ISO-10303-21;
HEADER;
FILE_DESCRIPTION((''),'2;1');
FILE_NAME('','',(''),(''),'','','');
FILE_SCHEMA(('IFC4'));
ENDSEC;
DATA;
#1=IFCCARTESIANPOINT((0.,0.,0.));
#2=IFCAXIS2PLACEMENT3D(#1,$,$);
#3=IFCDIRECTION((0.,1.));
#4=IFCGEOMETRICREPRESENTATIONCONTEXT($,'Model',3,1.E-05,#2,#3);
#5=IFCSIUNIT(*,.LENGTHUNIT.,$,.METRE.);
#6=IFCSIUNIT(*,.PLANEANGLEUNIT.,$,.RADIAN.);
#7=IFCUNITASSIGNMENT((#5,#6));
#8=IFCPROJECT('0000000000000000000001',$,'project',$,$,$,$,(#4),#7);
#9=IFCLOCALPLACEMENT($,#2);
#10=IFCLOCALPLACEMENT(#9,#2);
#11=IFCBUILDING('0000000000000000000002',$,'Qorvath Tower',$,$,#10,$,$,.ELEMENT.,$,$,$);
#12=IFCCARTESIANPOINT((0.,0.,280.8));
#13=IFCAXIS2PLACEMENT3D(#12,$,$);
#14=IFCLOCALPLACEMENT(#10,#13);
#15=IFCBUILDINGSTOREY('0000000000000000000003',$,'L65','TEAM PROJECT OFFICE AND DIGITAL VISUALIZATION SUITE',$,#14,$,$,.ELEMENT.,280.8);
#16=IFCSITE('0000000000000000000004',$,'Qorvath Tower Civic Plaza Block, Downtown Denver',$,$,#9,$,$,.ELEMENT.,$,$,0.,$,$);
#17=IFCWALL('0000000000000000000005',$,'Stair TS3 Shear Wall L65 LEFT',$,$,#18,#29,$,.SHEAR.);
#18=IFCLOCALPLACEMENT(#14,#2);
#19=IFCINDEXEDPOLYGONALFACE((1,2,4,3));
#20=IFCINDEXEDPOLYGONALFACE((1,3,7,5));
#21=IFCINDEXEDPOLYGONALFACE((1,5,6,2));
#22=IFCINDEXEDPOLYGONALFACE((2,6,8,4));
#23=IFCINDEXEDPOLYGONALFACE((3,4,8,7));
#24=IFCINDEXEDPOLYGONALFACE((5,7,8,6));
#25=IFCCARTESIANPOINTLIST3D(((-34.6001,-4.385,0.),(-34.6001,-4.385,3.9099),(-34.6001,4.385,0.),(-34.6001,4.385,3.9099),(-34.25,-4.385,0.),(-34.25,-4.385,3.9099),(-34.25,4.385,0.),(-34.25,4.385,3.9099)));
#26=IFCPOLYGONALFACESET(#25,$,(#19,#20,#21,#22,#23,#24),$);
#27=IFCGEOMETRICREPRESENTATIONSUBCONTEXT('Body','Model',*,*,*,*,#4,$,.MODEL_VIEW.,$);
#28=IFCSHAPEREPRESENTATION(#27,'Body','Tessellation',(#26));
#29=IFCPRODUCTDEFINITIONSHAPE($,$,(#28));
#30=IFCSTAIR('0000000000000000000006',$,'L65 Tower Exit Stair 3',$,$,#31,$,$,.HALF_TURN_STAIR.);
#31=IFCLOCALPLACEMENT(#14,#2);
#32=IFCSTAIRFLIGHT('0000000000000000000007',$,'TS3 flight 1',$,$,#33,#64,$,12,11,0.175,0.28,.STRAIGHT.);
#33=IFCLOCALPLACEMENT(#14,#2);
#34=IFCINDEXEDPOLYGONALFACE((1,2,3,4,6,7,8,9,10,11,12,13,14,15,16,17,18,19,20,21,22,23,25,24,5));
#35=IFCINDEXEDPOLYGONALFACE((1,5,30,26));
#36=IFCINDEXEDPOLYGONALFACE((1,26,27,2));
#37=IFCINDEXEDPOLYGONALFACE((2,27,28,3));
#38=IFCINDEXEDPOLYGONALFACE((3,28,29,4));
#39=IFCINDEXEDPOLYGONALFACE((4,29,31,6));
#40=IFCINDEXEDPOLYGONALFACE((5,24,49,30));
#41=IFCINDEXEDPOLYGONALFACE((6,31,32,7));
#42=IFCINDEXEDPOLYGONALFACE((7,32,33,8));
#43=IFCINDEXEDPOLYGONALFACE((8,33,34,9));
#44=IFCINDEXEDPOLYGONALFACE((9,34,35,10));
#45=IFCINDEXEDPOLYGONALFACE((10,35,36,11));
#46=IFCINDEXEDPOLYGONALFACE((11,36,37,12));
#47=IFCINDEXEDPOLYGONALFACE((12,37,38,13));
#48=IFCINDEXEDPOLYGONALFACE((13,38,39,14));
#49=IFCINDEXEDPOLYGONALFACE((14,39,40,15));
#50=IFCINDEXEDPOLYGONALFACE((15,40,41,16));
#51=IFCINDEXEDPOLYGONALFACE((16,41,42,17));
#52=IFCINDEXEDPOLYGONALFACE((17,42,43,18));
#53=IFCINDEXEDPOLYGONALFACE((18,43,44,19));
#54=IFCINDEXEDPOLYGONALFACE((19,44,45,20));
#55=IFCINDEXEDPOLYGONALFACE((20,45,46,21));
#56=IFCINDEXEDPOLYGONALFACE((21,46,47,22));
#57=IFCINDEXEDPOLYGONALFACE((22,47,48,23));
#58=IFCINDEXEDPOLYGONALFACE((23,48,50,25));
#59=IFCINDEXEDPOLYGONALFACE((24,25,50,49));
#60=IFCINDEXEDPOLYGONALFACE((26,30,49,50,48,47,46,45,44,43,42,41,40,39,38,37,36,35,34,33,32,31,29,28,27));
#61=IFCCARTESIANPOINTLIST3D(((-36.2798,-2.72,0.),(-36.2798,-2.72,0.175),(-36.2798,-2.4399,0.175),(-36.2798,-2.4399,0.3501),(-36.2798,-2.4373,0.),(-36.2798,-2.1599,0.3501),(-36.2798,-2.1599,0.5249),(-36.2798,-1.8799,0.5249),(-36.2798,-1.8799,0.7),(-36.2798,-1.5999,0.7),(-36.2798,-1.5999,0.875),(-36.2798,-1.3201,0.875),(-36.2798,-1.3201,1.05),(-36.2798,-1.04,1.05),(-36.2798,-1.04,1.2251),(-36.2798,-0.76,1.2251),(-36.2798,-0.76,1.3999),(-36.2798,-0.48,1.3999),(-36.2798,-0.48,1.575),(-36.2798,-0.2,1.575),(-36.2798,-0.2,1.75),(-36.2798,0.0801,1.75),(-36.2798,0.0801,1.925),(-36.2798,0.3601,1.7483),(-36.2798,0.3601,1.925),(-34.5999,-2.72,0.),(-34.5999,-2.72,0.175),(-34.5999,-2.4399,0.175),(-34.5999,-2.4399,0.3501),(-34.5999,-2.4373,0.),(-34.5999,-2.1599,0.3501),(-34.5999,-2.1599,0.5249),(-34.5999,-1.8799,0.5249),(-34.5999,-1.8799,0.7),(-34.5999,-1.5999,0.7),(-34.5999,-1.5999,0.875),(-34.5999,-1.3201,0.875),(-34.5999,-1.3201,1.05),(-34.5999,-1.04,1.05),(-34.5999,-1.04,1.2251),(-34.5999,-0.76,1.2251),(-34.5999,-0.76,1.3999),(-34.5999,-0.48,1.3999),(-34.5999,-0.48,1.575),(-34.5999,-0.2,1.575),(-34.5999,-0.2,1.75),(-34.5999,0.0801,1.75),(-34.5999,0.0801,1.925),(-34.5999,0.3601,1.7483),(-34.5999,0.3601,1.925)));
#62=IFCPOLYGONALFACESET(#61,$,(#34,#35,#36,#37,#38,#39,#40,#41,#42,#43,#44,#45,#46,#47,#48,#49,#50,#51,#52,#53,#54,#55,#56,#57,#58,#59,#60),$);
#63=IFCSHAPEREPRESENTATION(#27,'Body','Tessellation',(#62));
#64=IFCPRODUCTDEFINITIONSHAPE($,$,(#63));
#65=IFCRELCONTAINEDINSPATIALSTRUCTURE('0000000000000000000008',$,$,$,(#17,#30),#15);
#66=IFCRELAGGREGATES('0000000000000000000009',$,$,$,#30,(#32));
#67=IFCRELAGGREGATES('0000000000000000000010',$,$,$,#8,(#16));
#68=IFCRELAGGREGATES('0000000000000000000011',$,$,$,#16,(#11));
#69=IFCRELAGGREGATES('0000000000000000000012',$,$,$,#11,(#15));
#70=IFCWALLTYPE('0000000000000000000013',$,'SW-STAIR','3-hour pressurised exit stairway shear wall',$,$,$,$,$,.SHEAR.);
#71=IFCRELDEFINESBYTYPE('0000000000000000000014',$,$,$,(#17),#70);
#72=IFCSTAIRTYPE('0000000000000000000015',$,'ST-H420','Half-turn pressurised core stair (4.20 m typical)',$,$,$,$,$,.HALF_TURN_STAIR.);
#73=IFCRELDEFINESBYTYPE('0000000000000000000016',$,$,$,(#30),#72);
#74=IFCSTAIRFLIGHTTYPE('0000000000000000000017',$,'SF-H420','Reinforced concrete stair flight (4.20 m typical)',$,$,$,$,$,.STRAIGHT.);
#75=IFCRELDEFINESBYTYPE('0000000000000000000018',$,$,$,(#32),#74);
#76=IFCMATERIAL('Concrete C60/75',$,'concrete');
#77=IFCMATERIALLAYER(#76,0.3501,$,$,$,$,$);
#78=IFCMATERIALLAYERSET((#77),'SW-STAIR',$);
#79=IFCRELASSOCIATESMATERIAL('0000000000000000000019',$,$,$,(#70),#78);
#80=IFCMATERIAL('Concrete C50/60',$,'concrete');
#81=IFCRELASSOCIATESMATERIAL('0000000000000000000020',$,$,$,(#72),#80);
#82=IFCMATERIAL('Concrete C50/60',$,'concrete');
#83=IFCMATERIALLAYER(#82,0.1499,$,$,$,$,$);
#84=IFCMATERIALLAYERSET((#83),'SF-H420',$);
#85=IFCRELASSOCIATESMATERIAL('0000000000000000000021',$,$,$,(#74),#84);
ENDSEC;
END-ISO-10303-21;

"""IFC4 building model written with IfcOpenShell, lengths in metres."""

from ifc_helpers import new_model, si_unit, direction, frame, frame_2d, origin, place, context, subcontext, project, spatial, polyline, rectangle, outline, extrude, material, layer, layer_set, type_object, element, aggregate, save


model = new_model("IFC4")

# Units and contexts
model_context = context("Model", 3, precision=1e-05, world=origin(), true_north=direction((0.0, 1.0)))
body_context = subcontext(model_context, "Body", "Model", "MODEL_VIEW")
ifc_project = project(units=[si_unit("LENGTHUNIT", "METRE"), si_unit("PLANEANGLEUNIT", "RADIAN")], contexts=[model_context])

# Site, building, storey
site_placement = place(None, origin())
site = spatial("IfcSite", under=ifc_project, at=site_placement, Name="Qorvath Tower Civic Plaza Block, Downtown Denver", CompositionType="ELEMENT", RefElevation=0.0)
building_placement = place(site_placement, origin())
building = spatial("IfcBuilding", under=site, at=building_placement, Name="Qorvath Tower", CompositionType="ELEMENT")
storey_placement = place(building_placement, frame((0.0, 0.0, 280.8)))
storey = spatial("IfcBuildingStorey", under=building, at=storey_placement, Name="L65", Description="TEAM PROJECT OFFICE AND DIGITAL VISUALIZATION SUITE", CompositionType="ELEMENT", Elevation=280.8)

# Wall
ifc_material_1 = material(Name="Concrete C60/75", Category="concrete")
ifc_layer_1 = layer(ifc_material_1, 0.3501)
ifc_layer_set_1 = layer_set([ifc_layer_1], Name="SW-STAIR")
wall_type_1 = type_object("IfcWallType", Name="SW-STAIR", Description="3-hour pressurised exit stairway shear wall", PredefinedType="SHEAR", material=ifc_layer_set_1)
wall_1_placement = place(storey_placement, frame((-34.425, -4.385, 0.0), z_axis=(0.0, 0.0, 1.0), x_axis=(0.0, 1.0, 0.0)))
element("IfcWall", 1, at=wall_1_placement, inside=storey, type_object=wall_type_1, Name="Stair TS3 Shear Wall L65 LEFT", PredefinedType="SHEAR", context=body_context, shape_type="SweptSolid", body=[
    extrude(rectangle(XDim=8.77, YDim=0.3501, at=frame_2d((4.385, 0.0))), origin(), (0.0, 0.0, 1.0), 3.9099),
])

# Stair, stair flight
ifc_material_2 = material(Name="Concrete C50/60", Category="concrete")
stair_type = type_object("IfcStairType", Name="ST-H420", Description="Half-turn pressurised core stair (4.20 m typical)", PredefinedType="HALF_TURN_STAIR", material=ifc_material_2)
stair_placement = place(storey_placement, origin())
stair = element("IfcStair", 2, at=stair_placement, inside=storey, type_object=stair_type, Name="L65 Tower Exit Stair 3", PredefinedType="HALF_TURN_STAIR")
ifc_material_3 = material(Name="Concrete C50/60", Category="concrete")
ifc_layer_2 = layer(ifc_material_3, 0.1499)
ifc_layer_set_2 = layer_set([ifc_layer_2], Name="SF-H420")
stair_flight_type = type_object("IfcStairFlightType", Name="SF-H420", Description="Reinforced concrete stair flight (4.20 m typical)", PredefinedType="STRAIGHT", material=ifc_layer_set_2)
stair_flight_placement = place(storey_placement, frame((-35.4399, -2.72, 0.0), z_axis=(0.0, 0.0, 1.0), x_axis=(0.0, 1.0, 0.0)))
stair_flight = element("IfcStairFlight", 3, at=stair_flight_placement, type_object=stair_flight_type, Name="TS3 flight 1", NumberOfRisers=12, NumberOfTreads=11, PredefinedType="STRAIGHT", RiserHeight=0.175, TreadLength=0.28, context=body_context, shape_type="SweptSolid", body=[
    extrude(outline(polyline([(0.0, 0.0), (0.0, 0.175), (0.28, 0.175), (0.28, 0.3501), (0.5601, 0.3501), (0.5601, 0.5249), (0.8401, 0.5249), (0.8401, 0.7), (1.1201, 0.7), (1.1201, 0.875), (1.3999, 0.875), (1.3999, 1.05), (1.6799, 1.05), (1.6799, 1.2251), (1.96, 1.2251), (1.96, 1.3999), (2.24, 1.3999), (2.24, 1.575), (2.52, 1.575), (2.52, 1.75), (2.8, 1.75), (2.8, 1.925), (3.0801, 1.925), (3.0801, 2.1001), (3.0801, 1.7483), (0.2827, 0.0), (0.0, 0.0)])), frame((0.0, 0.8398, 0.0), z_axis=(0.0, -1.0, 0.0), x_axis=(1.0, 0.0, 0.0)), (0.0, 0.0, 1.0), 1.6799),
])
aggregate(stair, [stair_flight])

save(model, "model.ifc")
